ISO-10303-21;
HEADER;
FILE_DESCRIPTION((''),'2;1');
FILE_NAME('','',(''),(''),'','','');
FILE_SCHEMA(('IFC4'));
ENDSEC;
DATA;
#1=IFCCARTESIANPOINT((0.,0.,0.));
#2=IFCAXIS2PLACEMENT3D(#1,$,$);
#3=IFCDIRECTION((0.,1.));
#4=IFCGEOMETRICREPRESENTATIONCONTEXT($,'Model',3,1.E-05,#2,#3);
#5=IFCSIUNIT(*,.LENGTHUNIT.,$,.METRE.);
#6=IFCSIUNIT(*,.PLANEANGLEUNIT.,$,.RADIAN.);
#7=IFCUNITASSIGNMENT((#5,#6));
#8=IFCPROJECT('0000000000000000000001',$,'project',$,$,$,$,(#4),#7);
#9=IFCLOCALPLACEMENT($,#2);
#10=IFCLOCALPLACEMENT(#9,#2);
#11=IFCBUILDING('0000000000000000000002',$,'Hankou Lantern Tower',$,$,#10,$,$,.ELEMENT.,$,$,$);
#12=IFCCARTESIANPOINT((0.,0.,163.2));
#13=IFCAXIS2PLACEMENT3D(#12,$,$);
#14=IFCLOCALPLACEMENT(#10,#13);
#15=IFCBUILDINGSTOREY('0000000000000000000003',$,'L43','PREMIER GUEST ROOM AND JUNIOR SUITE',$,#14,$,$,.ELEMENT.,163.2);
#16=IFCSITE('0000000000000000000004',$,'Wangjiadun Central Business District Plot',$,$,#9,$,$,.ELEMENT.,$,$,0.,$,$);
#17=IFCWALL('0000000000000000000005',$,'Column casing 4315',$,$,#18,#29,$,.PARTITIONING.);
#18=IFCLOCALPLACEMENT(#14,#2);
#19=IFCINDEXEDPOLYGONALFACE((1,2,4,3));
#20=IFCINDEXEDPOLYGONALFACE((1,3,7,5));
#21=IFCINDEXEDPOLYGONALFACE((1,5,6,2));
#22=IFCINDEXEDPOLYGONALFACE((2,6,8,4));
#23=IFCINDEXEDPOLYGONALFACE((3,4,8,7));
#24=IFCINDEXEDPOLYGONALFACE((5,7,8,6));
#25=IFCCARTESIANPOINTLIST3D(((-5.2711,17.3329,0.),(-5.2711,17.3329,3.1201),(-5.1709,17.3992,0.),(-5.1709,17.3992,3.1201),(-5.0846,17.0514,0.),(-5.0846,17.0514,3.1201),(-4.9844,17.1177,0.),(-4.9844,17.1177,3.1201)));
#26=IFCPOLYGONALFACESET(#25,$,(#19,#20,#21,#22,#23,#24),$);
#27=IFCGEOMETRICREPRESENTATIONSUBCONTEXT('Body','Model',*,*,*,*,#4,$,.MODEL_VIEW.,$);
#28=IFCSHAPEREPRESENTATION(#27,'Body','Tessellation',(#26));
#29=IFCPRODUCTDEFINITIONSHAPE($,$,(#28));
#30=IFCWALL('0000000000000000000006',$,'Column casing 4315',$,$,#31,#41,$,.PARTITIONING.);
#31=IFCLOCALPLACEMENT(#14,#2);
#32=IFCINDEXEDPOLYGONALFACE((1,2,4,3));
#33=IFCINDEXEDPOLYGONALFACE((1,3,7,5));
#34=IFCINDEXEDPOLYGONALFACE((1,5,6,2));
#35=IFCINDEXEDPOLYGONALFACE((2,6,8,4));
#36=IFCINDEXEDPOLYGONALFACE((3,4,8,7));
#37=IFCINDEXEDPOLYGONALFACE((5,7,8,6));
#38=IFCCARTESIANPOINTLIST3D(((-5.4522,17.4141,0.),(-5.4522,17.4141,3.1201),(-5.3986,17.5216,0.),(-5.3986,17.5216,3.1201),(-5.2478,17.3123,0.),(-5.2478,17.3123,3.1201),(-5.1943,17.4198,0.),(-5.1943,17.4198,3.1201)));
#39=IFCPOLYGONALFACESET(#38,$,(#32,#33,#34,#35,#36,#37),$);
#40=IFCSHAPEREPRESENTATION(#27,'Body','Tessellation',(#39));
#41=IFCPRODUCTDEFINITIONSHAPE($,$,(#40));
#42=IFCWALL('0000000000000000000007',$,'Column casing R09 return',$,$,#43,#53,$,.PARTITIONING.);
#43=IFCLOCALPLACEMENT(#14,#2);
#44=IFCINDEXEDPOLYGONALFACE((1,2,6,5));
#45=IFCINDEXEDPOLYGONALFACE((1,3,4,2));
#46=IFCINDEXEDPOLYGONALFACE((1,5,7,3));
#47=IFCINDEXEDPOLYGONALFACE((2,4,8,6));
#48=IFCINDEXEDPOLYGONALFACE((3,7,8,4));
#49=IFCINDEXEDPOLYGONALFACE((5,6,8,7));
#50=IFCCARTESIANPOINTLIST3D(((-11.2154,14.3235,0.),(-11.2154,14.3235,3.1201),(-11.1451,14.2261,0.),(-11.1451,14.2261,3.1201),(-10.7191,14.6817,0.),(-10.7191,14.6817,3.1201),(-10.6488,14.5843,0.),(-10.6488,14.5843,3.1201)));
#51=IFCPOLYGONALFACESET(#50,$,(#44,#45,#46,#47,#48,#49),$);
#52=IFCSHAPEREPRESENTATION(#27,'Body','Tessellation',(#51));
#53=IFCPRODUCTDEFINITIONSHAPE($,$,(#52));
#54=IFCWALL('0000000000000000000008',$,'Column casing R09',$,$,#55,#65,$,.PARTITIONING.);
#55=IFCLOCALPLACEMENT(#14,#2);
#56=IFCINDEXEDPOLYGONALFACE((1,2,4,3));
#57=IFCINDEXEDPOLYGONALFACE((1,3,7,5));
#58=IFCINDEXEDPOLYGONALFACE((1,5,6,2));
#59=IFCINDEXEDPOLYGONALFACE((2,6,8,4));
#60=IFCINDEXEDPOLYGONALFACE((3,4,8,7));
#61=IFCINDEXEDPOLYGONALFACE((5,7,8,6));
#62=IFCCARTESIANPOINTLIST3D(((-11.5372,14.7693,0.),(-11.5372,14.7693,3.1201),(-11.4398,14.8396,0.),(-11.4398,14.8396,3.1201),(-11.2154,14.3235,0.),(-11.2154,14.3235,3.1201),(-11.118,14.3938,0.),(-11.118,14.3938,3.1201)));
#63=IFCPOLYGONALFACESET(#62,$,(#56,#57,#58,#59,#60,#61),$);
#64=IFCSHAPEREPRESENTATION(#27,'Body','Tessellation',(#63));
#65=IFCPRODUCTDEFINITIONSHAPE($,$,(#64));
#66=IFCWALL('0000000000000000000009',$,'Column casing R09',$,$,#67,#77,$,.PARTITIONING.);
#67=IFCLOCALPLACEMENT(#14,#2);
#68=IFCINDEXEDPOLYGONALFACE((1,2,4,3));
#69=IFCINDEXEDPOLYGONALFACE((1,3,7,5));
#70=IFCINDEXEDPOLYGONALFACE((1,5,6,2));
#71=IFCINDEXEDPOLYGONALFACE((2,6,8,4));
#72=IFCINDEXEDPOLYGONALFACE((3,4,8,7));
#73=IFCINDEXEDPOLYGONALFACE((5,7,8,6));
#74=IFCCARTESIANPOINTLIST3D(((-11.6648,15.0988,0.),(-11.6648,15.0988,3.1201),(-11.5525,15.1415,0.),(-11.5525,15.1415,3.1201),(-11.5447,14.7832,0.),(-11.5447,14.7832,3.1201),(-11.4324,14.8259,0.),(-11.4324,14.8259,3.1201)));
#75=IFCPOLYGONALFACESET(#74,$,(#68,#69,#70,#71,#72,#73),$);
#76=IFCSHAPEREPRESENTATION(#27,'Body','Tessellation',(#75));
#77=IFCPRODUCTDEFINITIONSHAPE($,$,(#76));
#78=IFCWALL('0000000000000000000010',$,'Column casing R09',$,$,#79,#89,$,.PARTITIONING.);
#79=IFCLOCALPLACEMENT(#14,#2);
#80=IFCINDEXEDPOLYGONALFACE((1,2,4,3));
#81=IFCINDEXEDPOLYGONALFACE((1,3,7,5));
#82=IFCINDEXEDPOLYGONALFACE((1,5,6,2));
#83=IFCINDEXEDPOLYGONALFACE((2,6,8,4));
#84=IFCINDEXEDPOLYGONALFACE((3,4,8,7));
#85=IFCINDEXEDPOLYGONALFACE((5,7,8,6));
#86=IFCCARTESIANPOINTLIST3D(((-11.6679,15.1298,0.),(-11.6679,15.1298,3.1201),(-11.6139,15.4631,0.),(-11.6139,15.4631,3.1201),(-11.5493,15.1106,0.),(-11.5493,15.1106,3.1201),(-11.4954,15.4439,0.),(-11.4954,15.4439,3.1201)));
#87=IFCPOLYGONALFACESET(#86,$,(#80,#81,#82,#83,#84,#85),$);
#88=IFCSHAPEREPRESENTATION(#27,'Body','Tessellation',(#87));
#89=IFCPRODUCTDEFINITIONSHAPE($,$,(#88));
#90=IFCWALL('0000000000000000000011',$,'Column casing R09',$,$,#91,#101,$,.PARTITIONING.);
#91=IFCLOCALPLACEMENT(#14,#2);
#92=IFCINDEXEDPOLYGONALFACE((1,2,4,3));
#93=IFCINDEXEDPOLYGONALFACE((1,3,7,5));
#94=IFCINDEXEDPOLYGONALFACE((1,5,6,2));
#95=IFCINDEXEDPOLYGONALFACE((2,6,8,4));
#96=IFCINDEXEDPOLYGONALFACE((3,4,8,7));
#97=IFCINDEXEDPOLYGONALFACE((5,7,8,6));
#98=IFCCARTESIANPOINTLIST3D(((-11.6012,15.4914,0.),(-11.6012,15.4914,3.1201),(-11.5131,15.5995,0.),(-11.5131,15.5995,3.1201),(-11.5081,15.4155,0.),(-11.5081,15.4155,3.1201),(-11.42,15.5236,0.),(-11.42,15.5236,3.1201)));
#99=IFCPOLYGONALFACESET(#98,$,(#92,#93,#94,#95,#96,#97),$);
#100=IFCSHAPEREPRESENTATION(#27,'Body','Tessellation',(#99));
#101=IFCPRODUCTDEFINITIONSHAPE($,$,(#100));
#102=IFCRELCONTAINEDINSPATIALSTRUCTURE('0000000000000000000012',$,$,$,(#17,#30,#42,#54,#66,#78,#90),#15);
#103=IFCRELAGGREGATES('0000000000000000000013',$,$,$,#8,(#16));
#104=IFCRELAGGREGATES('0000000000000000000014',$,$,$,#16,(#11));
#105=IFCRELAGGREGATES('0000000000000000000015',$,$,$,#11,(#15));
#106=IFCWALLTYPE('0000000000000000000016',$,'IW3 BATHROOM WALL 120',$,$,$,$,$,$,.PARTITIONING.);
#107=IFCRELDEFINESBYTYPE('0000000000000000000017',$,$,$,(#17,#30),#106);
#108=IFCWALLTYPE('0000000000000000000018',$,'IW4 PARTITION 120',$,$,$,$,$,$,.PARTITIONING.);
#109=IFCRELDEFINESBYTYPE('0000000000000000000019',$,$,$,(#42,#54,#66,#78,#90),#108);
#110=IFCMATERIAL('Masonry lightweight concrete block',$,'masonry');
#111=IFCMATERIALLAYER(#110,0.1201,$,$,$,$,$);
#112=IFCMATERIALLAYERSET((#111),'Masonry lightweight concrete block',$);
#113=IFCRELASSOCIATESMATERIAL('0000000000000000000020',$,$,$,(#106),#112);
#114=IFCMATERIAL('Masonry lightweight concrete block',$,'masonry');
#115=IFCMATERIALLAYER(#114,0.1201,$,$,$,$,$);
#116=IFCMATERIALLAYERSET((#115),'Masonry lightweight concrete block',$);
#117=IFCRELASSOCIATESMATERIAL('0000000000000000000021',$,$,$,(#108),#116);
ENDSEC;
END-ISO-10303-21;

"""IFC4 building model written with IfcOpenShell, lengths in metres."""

from ifc_helpers import new_model, si_unit, direction, frame, frame_2d, origin, place, context, subcontext, project, spatial, rectangle, extrude, material, layer, layer_set, type_object, element, save


model = new_model("IFC4")

# Units and contexts
model_context = context("Model", 3, precision=1e-05, world=origin(), true_north=direction((0.0, 1.0)))
body_context = subcontext(model_context, "Body", "Model", "MODEL_VIEW")
ifc_project = project(units=[si_unit("LENGTHUNIT", "METRE"), si_unit("PLANEANGLEUNIT", "RADIAN")], contexts=[model_context])

# Site, building, storey
site_placement = place(None, origin())
site = spatial("IfcSite", under=ifc_project, at=site_placement, Name="Wangjiadun Central Business District Plot", CompositionType="ELEMENT", RefElevation=0.0)
building_placement = place(site_placement, origin())
building = spatial("IfcBuilding", under=site, at=building_placement, Name="Hankou Lantern Tower", CompositionType="ELEMENT")
storey_placement = place(building_placement, frame((0.0, 0.0, 163.2)))
storey = spatial("IfcBuildingStorey", under=building, at=storey_placement, Name="L43", Description="PREMIER GUEST ROOM AND JUNIOR SUITE", CompositionType="ELEMENT", Elevation=163.2)

# Shared definitions
ifc_material_1 = material(Name="Masonry lightweight concrete block", Category="masonry")
ifc_layer_1 = layer(ifc_material_1, 0.1201)
ifc_layer_set_1 = layer_set([ifc_layer_1], Name="Masonry lightweight concrete block")
wall_type_1 = type_object("IfcWallType", Name="IW3 BATHROOM WALL 120", PredefinedType="PARTITIONING", material=ifc_layer_set_1)

# Walls
wall_1_placement = place(storey_placement, frame((-5.0344, 17.0845, 0.0), z_axis=(0.0, 0.0, 1.0), x_axis=(-0.552362, 0.833604, 0.0)))
element("IfcWall", 1, at=wall_1_placement, inside=storey, type_object=wall_type_1, Name="Column casing 4315", PredefinedType="PARTITIONING", context=body_context, shape_type="SweptSolid", body=[
    extrude(rectangle(XDim=0.3376, YDim=0.1201, at=frame_2d((0.1689, 0.0))), origin(), (0.0, 0.0, 1.0), 3.1201),
])
wall_2_placement = place(storey_placement, frame((-5.2209, 17.366, 0.0), z_axis=(0.0, 0.0, 1.0), x_axis=(-0.895068, 0.44593, 0.0)))
element("IfcWall", 2, at=wall_2_placement, inside=storey, type_object=wall_type_1, Name="Column casing 4315", PredefinedType="PARTITIONING", context=body_context, shape_type="SweptSolid", body=[
    extrude(rectangle(XDim=0.2283, YDim=0.1201, at=frame_2d((0.1143, 0.0))), origin(), (0.0, 0.0, 1.0), 3.1201),
])
ifc_material_2 = material(Name="Masonry lightweight concrete block", Category="masonry")
ifc_layer_2 = layer(ifc_material_2, 0.1201)
ifc_layer_set_2 = layer_set([ifc_layer_2], Name="Masonry lightweight concrete block")
wall_type_2 = type_object("IfcWallType", Name="IW4 PARTITION 120", PredefinedType="PARTITIONING", material=ifc_layer_set_2)
wall_3_placement = place(storey_placement, frame((-10.6838, 14.6331, 0.0), z_axis=(0.0, 0.0, 1.0), x_axis=(-0.810921, -0.585156, 0.0)))
element("IfcWall", 3, at=wall_3_placement, inside=storey, type_object=wall_type_2, Name="Column casing R09 return", PredefinedType="PARTITIONING", context=body_context, shape_type="SweptSolid", body=[
    extrude(rectangle(XDim=0.6121, YDim=0.1201, at=frame_2d((0.3062, 0.0))), origin(), (0.0, 0.0, 1.0), 3.1201),
])
wall_4_placement = place(storey_placement, frame((-11.1667, 14.3586, 0.0), z_axis=(0.0, 0.0, 1.0), x_axis=(-0.585264, 0.810843, 0.0)))
element("IfcWall", 4, at=wall_4_placement, inside=storey, type_object=wall_type_2, Name="Column casing R09", PredefinedType="PARTITIONING", context=body_context, shape_type="SweptSolid", body=[
    extrude(rectangle(XDim=0.5498, YDim=0.1201, at=frame_2d((0.2749, 0.0))), origin(), (0.0, 0.0, 1.0), 3.1201),
])
for number, where, z_axis, x_axis, name in (
    (5, (-11.4885, 14.8044, 0.0), (0.0, 0.0, 1.0), (-0.355635, 0.934625, 0.0), "Column casing R09"),
    (6, (-11.6086, 15.1201, 0.0), (0.0, 0.0, 1.0), (0.159824, 0.987146, 0.0), "Column casing R09"),
):
    element("IfcWall", number, at=place(storey_placement, frame(where, z_axis=z_axis, x_axis=x_axis)), inside=storey, type_object=wall_type_2, Name=name, PredefinedType="PARTITIONING", context=body_context, shape_type="SweptSolid", body=[
        extrude(rectangle(XDim=0.3376, YDim=0.1201, at=frame_2d((0.1689, 0.0))), origin(), (0.0, 0.0, 1.0), 3.1201),
    ])
wall_5_placement = place(storey_placement, frame((-11.5547, 15.4534, 0.0), z_axis=(0.0, 0.0, 1.0), x_axis=(0.631712, 0.775203, 0.0)))
element("IfcWall", 7, at=wall_5_placement, inside=storey, type_object=wall_type_2, Name="Column casing R09", PredefinedType="PARTITIONING", context=body_context, shape_type="SweptSolid", body=[
    extrude(rectangle(XDim=0.1394, YDim=0.1201, at=frame_2d((0.0698, 0.0))), origin(), (0.0, 0.0, 1.0), 3.1201),
])

save(model, "model.ifc")
